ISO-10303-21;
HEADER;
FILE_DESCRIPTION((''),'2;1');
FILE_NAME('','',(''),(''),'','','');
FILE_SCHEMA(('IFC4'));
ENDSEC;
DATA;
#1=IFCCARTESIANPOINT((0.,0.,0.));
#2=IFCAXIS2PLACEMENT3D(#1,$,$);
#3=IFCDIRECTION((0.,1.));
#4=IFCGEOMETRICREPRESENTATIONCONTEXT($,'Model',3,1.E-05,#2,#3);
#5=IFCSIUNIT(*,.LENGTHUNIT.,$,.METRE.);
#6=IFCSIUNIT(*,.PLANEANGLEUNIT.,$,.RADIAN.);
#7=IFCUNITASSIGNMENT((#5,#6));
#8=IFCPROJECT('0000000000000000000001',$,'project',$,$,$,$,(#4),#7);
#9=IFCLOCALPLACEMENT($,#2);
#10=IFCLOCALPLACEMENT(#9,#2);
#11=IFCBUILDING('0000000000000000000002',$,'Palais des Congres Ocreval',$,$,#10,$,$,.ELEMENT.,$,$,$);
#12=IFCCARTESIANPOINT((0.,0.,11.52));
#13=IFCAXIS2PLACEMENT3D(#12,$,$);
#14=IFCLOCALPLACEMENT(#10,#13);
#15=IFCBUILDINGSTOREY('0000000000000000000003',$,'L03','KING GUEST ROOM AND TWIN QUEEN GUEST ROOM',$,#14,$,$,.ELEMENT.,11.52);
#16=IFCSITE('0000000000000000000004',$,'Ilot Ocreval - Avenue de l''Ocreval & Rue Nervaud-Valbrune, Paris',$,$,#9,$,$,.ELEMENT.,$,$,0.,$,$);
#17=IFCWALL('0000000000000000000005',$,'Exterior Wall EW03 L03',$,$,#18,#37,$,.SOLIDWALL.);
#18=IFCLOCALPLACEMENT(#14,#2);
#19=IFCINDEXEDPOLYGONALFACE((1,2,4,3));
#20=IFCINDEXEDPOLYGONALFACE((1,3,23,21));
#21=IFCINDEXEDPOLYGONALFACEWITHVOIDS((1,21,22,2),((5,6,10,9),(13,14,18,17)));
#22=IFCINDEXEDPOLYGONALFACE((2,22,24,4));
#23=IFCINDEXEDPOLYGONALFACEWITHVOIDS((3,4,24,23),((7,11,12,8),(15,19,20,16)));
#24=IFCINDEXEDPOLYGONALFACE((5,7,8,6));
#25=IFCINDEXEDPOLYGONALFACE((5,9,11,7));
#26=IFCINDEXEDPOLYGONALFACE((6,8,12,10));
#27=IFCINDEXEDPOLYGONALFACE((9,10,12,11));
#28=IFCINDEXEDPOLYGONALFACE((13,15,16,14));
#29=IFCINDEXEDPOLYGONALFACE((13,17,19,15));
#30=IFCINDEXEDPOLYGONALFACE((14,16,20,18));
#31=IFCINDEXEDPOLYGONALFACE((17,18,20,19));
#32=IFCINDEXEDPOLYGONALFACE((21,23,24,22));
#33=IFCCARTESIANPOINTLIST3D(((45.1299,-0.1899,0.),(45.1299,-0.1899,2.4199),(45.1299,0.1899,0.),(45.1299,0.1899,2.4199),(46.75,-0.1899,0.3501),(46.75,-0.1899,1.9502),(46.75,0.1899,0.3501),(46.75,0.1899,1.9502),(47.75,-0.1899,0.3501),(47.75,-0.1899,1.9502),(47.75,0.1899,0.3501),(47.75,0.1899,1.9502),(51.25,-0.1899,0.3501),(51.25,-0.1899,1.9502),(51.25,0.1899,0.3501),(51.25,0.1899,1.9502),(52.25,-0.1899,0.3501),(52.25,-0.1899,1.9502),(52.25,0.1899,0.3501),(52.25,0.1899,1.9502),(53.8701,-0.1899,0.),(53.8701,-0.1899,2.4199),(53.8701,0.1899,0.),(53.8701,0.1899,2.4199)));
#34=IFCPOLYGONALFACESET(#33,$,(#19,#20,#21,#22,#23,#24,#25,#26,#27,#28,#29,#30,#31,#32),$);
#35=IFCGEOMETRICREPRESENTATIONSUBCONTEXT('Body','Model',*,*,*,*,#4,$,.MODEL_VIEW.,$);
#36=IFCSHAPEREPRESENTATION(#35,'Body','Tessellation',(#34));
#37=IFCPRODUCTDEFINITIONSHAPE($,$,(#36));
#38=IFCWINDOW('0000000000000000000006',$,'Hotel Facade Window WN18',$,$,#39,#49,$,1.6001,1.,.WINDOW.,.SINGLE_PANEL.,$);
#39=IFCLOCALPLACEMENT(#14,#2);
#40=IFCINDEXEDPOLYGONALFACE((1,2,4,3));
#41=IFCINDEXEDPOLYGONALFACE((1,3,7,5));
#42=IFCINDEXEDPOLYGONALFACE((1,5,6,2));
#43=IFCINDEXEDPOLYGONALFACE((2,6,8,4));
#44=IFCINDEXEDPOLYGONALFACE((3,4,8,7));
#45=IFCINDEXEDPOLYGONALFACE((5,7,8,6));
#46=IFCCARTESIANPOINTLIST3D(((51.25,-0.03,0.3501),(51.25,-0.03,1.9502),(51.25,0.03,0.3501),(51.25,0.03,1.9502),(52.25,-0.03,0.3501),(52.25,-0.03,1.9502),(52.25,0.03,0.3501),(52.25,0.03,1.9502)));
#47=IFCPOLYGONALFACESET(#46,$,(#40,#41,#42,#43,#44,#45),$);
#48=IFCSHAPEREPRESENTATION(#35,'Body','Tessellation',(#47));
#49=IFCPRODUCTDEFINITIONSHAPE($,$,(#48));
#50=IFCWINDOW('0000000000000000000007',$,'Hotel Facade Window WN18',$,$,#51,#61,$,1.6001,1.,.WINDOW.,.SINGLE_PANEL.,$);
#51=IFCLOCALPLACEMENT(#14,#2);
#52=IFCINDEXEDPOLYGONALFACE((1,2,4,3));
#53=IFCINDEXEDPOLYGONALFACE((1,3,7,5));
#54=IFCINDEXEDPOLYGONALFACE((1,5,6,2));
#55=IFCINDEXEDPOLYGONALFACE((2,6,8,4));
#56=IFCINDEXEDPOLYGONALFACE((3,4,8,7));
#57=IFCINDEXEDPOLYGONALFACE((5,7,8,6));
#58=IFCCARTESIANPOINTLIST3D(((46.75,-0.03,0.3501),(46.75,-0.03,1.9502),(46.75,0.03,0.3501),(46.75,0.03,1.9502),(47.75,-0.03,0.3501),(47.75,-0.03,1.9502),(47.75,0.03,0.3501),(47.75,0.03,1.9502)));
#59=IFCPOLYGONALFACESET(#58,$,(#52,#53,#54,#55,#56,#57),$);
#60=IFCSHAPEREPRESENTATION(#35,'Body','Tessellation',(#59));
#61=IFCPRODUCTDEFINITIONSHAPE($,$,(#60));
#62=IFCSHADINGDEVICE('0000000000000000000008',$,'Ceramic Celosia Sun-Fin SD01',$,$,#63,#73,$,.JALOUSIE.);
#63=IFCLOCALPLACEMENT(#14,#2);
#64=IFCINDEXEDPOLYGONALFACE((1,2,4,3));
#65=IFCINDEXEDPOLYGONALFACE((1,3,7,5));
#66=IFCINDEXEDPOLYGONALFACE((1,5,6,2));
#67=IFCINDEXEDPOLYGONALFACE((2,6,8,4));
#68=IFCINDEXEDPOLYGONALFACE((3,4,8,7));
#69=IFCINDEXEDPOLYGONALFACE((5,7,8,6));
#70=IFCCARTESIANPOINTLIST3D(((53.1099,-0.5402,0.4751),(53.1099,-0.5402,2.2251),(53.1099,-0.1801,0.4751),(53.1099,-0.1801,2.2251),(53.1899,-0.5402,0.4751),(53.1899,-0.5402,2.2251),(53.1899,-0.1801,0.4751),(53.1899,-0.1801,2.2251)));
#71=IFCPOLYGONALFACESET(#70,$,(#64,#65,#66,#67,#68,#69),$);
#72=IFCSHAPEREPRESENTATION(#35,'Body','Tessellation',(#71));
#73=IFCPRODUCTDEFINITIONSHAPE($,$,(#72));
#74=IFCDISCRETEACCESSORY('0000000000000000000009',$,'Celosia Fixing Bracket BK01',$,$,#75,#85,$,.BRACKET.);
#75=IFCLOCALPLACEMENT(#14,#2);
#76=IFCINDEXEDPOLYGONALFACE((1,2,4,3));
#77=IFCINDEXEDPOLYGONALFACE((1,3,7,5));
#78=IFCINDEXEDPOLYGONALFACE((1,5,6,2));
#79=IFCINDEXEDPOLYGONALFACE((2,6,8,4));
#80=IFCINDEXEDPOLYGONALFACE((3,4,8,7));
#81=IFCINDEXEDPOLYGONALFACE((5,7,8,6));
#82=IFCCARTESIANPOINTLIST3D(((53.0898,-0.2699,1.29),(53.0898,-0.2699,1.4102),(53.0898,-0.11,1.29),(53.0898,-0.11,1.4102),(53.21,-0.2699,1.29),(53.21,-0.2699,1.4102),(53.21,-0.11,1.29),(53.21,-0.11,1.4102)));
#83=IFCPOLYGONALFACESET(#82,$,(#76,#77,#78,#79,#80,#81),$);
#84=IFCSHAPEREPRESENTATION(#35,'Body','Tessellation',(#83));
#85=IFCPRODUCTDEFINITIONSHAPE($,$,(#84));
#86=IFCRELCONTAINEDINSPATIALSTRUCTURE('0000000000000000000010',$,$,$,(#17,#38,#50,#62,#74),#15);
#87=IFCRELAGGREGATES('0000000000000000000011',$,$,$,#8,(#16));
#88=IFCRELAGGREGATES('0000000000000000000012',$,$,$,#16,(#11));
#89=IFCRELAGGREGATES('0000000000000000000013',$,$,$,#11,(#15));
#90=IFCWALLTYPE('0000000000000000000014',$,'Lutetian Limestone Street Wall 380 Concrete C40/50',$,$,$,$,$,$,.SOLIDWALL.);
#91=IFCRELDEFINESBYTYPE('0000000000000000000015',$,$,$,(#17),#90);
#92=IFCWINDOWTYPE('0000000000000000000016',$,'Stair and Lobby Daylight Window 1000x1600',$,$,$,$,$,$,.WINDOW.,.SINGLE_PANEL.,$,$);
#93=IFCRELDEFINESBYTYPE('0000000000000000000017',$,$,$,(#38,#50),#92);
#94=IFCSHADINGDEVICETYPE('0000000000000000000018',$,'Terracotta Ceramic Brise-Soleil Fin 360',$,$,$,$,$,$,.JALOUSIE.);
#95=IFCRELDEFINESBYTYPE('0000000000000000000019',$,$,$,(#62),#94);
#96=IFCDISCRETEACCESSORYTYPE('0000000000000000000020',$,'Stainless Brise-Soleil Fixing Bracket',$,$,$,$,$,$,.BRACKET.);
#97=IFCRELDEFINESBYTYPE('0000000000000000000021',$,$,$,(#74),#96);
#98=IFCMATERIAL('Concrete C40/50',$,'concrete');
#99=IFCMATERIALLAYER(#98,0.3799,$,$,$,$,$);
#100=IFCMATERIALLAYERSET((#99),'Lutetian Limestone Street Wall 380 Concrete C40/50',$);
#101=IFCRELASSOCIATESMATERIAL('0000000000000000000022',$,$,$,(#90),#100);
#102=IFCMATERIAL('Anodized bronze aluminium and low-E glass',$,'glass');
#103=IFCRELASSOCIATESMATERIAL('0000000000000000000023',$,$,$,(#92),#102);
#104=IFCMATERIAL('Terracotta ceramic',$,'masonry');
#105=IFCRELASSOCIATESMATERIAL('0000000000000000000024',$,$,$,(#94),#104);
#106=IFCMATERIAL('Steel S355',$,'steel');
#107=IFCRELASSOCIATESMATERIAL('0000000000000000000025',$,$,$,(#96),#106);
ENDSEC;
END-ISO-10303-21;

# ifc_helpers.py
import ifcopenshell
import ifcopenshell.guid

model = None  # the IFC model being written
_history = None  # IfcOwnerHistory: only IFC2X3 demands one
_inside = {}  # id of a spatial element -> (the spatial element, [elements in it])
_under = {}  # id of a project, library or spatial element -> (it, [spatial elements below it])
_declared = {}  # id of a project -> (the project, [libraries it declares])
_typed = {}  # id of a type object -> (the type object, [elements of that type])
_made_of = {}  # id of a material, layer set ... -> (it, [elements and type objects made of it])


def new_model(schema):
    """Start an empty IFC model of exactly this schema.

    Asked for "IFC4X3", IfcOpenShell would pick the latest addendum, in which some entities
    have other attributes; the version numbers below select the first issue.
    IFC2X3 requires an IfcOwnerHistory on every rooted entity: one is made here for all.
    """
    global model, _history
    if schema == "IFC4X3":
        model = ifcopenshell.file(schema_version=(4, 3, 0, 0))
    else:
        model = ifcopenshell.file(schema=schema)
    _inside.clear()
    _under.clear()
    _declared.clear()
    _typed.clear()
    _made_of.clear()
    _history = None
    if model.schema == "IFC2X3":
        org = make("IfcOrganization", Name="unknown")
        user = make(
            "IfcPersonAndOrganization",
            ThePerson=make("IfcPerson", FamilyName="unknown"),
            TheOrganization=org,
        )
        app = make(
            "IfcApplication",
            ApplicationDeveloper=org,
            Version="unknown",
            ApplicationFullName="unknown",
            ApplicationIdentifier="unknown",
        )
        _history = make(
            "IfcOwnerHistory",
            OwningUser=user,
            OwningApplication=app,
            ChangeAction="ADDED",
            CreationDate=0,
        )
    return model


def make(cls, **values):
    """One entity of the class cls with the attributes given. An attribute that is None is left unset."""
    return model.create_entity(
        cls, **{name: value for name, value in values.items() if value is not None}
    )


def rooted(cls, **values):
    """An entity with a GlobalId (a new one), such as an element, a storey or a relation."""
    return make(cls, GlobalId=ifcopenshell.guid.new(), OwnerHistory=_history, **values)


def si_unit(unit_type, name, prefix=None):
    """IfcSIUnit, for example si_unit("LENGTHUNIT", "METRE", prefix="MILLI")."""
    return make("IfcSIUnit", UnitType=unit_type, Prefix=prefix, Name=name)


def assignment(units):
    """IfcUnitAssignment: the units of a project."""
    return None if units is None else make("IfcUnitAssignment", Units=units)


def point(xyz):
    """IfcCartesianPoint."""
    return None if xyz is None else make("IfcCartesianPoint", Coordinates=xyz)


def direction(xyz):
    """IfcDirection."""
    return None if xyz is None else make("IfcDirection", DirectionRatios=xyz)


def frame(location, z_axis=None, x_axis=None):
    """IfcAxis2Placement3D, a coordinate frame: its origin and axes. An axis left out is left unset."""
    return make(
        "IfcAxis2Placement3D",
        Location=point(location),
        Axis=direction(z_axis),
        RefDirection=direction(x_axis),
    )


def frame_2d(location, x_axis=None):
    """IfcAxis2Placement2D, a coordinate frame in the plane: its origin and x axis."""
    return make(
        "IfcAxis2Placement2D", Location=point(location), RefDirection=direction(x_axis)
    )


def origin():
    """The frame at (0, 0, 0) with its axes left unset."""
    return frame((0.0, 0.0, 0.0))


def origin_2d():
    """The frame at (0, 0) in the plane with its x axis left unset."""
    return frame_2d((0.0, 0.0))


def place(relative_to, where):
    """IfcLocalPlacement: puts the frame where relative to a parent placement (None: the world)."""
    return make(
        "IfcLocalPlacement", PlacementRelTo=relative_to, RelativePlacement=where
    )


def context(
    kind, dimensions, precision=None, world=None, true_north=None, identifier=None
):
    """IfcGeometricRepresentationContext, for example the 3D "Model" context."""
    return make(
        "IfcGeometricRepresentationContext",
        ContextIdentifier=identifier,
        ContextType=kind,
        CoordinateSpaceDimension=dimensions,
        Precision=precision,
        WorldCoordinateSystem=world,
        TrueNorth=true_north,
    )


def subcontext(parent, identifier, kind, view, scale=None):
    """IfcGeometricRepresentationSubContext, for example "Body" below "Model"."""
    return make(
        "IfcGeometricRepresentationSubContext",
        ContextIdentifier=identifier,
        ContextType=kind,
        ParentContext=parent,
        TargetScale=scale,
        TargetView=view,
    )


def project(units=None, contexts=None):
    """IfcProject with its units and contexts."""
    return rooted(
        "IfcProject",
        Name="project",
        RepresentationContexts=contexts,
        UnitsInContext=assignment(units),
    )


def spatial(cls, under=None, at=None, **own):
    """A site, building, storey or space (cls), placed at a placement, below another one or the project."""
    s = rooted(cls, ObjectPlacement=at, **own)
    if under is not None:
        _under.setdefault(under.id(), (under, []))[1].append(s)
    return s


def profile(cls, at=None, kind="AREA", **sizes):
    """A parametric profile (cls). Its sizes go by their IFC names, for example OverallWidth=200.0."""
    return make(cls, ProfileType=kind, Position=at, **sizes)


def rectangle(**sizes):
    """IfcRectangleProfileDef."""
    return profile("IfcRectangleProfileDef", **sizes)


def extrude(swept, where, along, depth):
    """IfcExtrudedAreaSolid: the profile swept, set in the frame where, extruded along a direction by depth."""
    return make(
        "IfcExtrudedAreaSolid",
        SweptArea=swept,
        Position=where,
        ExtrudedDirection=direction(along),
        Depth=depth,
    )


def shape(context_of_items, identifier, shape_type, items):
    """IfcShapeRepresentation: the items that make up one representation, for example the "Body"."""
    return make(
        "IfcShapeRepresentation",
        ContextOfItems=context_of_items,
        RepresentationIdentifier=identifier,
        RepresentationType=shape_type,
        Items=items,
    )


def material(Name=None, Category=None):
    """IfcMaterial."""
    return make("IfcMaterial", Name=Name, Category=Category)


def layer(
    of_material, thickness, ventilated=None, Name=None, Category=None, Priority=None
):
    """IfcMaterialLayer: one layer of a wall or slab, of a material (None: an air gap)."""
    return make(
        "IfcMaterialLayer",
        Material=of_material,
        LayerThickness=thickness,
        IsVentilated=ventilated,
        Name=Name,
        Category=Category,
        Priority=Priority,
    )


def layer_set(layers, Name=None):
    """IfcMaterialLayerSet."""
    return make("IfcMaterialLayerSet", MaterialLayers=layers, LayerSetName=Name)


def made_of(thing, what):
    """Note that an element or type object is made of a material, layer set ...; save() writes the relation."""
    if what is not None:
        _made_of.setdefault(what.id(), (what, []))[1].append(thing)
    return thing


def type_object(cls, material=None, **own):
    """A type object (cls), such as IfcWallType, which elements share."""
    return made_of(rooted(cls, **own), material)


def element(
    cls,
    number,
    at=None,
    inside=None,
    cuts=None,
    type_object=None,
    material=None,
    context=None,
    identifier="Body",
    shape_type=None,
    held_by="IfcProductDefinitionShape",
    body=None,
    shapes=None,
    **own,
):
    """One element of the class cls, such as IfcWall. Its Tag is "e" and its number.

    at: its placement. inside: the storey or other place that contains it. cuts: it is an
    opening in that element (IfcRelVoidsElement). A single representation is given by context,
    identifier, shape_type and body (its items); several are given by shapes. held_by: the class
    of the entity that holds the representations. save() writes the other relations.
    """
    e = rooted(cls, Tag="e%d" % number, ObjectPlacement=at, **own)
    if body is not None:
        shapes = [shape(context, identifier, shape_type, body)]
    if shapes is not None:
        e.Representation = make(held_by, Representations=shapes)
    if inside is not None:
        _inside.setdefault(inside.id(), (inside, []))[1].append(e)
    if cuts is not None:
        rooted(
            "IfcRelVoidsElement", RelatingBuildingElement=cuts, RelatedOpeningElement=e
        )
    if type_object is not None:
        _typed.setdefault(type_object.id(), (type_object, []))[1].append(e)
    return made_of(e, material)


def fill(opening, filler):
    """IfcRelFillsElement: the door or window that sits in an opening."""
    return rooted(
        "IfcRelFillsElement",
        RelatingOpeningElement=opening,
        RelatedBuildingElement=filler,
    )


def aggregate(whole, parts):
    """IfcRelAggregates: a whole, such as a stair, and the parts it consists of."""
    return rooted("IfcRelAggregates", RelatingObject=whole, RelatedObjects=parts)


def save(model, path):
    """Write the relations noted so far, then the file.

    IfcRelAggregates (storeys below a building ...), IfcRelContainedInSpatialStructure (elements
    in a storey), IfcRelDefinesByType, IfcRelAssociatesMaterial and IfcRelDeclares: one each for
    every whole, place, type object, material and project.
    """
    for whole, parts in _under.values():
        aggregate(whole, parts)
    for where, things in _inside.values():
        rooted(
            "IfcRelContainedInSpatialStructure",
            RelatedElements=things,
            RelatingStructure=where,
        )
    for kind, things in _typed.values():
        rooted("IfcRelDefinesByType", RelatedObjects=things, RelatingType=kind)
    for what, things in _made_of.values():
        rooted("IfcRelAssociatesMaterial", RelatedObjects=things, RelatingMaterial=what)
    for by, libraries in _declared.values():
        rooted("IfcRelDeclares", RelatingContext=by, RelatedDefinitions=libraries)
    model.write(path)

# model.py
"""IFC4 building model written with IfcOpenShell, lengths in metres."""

from ifc_helpers import new_model, si_unit, direction, frame, frame_2d, origin, origin_2d, place, context, subcontext, project, spatial, rectangle, extrude, material, layer, layer_set, type_object, element, fill, save


model = new_model("IFC4")

# Units and contexts
model_context = context("Model", 3, precision=1e-05, world=origin(), true_north=direction((0.0, 1.0)))
body_context = subcontext(model_context, "Body", "Model", "MODEL_VIEW")
ifc_project = project(units=[si_unit("LENGTHUNIT", "METRE"), si_unit("PLANEANGLEUNIT", "RADIAN")], contexts=[model_context])

# Site, building, storey
site_placement = place(None, origin())
site = spatial("IfcSite", under=ifc_project, at=site_placement, Name="Ilot Ocreval - Avenue de l'Ocreval & Rue Nervaud-Valbrune, Paris", CompositionType="ELEMENT", RefElevation=0.0)
building_placement = place(site_placement, origin())
building = spatial("IfcBuilding", under=site, at=building_placement, Name="Palais des Congres Ocreval", CompositionType="ELEMENT")
storey_placement = place(building_placement, frame((0.0, 0.0, 11.52)))
storey = spatial("IfcBuildingStorey", under=building, at=storey_placement, Name="L03", Description="KING GUEST ROOM AND TWIN QUEEN GUEST ROOM", CompositionType="ELEMENT", Elevation=11.52)

# Shared definitions
ifc_material_1 = material(Name="Steel S355", Category="steel")
ifc_material_2 = material(Name="Concrete C40/50", Category="concrete")

# Wall, openings, windows
ifc_layer_1 = layer(ifc_material_2, 0.3799)
ifc_layer_set_1 = layer_set([ifc_layer_1], Name="Lutetian Limestone Street Wall 380 Concrete C40/50")
wall_type_1 = type_object("IfcWallType", Name="Lutetian Limestone Street Wall 380 Concrete C40/50", PredefinedType="SOLIDWALL", material=ifc_layer_set_1)
wall_1_placement = place(storey_placement, frame((53.8701, 0.0, 0.0), z_axis=(0.0, 0.0, 1.0), x_axis=(-1.0, 0.0, 0.0)))
wall_1 = element("IfcWall", 1, at=wall_1_placement, inside=storey, type_object=wall_type_1, Name="Exterior Wall EW03 L03", PredefinedType="SOLIDWALL", context=body_context, shape_type="SweptSolid", body=[
    extrude(rectangle(XDim=8.7402, YDim=0.3799, at=frame_2d((4.3701, 0.0))), origin(), (0.0, 0.0, 1.0), 2.4199),
])
opening_1_placement = place(wall_1_placement, frame((1.6201, 0.0, 0.3501)))
opening_1 = element("IfcOpeningElement", 2, at=opening_1_placement, cuts=wall_1, PredefinedType="OPENING", context=body_context, shape_type="SweptSolid", body=[
    extrude(rectangle(XDim=1.0, YDim=1.6001, at=frame_2d((0.5, 0.8))), frame((0.0, 0.2, 0.0), z_axis=(0.0, -1.0, 0.0), x_axis=(1.0, 0.0, 0.0)), (0.0, 0.0, 1.0), 0.3999),
])
opening_2_placement = place(wall_1_placement, frame((6.1201, 0.0, 0.3501)))
opening_2 = element("IfcOpeningElement", 3, at=opening_2_placement, cuts=wall_1, PredefinedType="OPENING", context=body_context, shape_type="SweptSolid", body=[
    extrude(rectangle(XDim=1.0, YDim=1.6001, at=frame_2d((0.5, 0.8))), frame((0.0, 0.2, 0.0), z_axis=(0.0, -1.0, 0.0), x_axis=(1.0, 0.0, 0.0)), (0.0, 0.0, 1.0), 0.3999),
])
ifc_material_3 = material(Name="Anodized bronze aluminium and low-E glass", Category="glass")
window_type = type_object("IfcWindowType", Name="Stair and Lobby Daylight Window 1000x1600", PartitioningType="SINGLE_PANEL", PredefinedType="WINDOW", material=ifc_material_3)
window_1_placement = place(opening_1_placement, origin())
window_1 = element("IfcWindow", 4, at=window_1_placement, inside=storey, type_object=window_type, Name="Hotel Facade Window WN18", OverallHeight=1.6001, OverallWidth=1.0, PartitioningType="SINGLE_PANEL", PredefinedType="WINDOW", context=body_context, shape_type="SweptSolid", body=[
    extrude(rectangle(XDim=1.0, YDim=1.6001, at=frame_2d((0.5, 0.8))), frame((0.0, 0.03, 0.0), z_axis=(0.0, -1.0, 0.0), x_axis=(1.0, 0.0, 0.0)), (0.0, 0.0, 1.0), 0.0601),
])
fill(opening_1, window_1)
window_2_placement = place(opening_2_placement, origin())
window_2 = element("IfcWindow", 5, at=window_2_placement, inside=storey, type_object=window_type, Name="Hotel Facade Window WN18", OverallHeight=1.6001, OverallWidth=1.0, PartitioningType="SINGLE_PANEL", PredefinedType="WINDOW", context=body_context, shape_type="SweptSolid", body=[
    extrude(rectangle(XDim=1.0, YDim=1.6001, at=frame_2d((0.5, 0.8))), frame((0.0, 0.03, 0.0), z_axis=(0.0, -1.0, 0.0), x_axis=(1.0, 0.0, 0.0)), (0.0, 0.0, 1.0), 0.0601),
])
fill(opening_2, window_2)

# Shading device
ifc_material_4 = material(Name="Terracotta ceramic", Category="masonry")
shading_device_type = type_object("IfcShadingDeviceType", Name="Terracotta Ceramic Brise-Soleil Fin 360", PredefinedType="JALOUSIE", material=ifc_material_4)
shading_device_placement = place(storey_placement, frame((53.1499, -0.3601, 0.4751), z_axis=(0.0, 0.0, 1.0), x_axis=(0.0, -1.0, 0.0)))
element("IfcShadingDevice", 6, at=shading_device_placement, inside=storey, type_object=shading_device_type, Name="Ceramic Celosia Sun-Fin SD01", PredefinedType="JALOUSIE", context=body_context, shape_type="SweptSolid", body=[
    extrude(rectangle(XDim=0.3601, YDim=0.0801, at=origin_2d()), origin(), (0.0, 0.0, 1.0), 1.75),
])

# Discrete accessory
discrete_accessory_type = type_object("IfcDiscreteAccessoryType", Name="Stainless Brise-Soleil Fixing Bracket", PredefinedType="BRACKET", material=ifc_material_1)
discrete_accessory_placement = place(storey_placement, frame((53.1499, -0.1899, 1.29), z_axis=(0.0, 0.0, 1.0), x_axis=(0.0, -1.0, 0.0)))
element("IfcDiscreteAccessory", 7, at=discrete_accessory_placement, inside=storey, type_object=discrete_accessory_type, Name="Celosia Fixing Bracket BK01", PredefinedType="BRACKET", context=body_context, shape_type="SweptSolid", body=[
    extrude(rectangle(XDim=0.1599, YDim=0.1201, at=origin_2d()), origin(), (0.0, 0.0, 1.0), 0.1201),
])

save(model, "model.ifc")
